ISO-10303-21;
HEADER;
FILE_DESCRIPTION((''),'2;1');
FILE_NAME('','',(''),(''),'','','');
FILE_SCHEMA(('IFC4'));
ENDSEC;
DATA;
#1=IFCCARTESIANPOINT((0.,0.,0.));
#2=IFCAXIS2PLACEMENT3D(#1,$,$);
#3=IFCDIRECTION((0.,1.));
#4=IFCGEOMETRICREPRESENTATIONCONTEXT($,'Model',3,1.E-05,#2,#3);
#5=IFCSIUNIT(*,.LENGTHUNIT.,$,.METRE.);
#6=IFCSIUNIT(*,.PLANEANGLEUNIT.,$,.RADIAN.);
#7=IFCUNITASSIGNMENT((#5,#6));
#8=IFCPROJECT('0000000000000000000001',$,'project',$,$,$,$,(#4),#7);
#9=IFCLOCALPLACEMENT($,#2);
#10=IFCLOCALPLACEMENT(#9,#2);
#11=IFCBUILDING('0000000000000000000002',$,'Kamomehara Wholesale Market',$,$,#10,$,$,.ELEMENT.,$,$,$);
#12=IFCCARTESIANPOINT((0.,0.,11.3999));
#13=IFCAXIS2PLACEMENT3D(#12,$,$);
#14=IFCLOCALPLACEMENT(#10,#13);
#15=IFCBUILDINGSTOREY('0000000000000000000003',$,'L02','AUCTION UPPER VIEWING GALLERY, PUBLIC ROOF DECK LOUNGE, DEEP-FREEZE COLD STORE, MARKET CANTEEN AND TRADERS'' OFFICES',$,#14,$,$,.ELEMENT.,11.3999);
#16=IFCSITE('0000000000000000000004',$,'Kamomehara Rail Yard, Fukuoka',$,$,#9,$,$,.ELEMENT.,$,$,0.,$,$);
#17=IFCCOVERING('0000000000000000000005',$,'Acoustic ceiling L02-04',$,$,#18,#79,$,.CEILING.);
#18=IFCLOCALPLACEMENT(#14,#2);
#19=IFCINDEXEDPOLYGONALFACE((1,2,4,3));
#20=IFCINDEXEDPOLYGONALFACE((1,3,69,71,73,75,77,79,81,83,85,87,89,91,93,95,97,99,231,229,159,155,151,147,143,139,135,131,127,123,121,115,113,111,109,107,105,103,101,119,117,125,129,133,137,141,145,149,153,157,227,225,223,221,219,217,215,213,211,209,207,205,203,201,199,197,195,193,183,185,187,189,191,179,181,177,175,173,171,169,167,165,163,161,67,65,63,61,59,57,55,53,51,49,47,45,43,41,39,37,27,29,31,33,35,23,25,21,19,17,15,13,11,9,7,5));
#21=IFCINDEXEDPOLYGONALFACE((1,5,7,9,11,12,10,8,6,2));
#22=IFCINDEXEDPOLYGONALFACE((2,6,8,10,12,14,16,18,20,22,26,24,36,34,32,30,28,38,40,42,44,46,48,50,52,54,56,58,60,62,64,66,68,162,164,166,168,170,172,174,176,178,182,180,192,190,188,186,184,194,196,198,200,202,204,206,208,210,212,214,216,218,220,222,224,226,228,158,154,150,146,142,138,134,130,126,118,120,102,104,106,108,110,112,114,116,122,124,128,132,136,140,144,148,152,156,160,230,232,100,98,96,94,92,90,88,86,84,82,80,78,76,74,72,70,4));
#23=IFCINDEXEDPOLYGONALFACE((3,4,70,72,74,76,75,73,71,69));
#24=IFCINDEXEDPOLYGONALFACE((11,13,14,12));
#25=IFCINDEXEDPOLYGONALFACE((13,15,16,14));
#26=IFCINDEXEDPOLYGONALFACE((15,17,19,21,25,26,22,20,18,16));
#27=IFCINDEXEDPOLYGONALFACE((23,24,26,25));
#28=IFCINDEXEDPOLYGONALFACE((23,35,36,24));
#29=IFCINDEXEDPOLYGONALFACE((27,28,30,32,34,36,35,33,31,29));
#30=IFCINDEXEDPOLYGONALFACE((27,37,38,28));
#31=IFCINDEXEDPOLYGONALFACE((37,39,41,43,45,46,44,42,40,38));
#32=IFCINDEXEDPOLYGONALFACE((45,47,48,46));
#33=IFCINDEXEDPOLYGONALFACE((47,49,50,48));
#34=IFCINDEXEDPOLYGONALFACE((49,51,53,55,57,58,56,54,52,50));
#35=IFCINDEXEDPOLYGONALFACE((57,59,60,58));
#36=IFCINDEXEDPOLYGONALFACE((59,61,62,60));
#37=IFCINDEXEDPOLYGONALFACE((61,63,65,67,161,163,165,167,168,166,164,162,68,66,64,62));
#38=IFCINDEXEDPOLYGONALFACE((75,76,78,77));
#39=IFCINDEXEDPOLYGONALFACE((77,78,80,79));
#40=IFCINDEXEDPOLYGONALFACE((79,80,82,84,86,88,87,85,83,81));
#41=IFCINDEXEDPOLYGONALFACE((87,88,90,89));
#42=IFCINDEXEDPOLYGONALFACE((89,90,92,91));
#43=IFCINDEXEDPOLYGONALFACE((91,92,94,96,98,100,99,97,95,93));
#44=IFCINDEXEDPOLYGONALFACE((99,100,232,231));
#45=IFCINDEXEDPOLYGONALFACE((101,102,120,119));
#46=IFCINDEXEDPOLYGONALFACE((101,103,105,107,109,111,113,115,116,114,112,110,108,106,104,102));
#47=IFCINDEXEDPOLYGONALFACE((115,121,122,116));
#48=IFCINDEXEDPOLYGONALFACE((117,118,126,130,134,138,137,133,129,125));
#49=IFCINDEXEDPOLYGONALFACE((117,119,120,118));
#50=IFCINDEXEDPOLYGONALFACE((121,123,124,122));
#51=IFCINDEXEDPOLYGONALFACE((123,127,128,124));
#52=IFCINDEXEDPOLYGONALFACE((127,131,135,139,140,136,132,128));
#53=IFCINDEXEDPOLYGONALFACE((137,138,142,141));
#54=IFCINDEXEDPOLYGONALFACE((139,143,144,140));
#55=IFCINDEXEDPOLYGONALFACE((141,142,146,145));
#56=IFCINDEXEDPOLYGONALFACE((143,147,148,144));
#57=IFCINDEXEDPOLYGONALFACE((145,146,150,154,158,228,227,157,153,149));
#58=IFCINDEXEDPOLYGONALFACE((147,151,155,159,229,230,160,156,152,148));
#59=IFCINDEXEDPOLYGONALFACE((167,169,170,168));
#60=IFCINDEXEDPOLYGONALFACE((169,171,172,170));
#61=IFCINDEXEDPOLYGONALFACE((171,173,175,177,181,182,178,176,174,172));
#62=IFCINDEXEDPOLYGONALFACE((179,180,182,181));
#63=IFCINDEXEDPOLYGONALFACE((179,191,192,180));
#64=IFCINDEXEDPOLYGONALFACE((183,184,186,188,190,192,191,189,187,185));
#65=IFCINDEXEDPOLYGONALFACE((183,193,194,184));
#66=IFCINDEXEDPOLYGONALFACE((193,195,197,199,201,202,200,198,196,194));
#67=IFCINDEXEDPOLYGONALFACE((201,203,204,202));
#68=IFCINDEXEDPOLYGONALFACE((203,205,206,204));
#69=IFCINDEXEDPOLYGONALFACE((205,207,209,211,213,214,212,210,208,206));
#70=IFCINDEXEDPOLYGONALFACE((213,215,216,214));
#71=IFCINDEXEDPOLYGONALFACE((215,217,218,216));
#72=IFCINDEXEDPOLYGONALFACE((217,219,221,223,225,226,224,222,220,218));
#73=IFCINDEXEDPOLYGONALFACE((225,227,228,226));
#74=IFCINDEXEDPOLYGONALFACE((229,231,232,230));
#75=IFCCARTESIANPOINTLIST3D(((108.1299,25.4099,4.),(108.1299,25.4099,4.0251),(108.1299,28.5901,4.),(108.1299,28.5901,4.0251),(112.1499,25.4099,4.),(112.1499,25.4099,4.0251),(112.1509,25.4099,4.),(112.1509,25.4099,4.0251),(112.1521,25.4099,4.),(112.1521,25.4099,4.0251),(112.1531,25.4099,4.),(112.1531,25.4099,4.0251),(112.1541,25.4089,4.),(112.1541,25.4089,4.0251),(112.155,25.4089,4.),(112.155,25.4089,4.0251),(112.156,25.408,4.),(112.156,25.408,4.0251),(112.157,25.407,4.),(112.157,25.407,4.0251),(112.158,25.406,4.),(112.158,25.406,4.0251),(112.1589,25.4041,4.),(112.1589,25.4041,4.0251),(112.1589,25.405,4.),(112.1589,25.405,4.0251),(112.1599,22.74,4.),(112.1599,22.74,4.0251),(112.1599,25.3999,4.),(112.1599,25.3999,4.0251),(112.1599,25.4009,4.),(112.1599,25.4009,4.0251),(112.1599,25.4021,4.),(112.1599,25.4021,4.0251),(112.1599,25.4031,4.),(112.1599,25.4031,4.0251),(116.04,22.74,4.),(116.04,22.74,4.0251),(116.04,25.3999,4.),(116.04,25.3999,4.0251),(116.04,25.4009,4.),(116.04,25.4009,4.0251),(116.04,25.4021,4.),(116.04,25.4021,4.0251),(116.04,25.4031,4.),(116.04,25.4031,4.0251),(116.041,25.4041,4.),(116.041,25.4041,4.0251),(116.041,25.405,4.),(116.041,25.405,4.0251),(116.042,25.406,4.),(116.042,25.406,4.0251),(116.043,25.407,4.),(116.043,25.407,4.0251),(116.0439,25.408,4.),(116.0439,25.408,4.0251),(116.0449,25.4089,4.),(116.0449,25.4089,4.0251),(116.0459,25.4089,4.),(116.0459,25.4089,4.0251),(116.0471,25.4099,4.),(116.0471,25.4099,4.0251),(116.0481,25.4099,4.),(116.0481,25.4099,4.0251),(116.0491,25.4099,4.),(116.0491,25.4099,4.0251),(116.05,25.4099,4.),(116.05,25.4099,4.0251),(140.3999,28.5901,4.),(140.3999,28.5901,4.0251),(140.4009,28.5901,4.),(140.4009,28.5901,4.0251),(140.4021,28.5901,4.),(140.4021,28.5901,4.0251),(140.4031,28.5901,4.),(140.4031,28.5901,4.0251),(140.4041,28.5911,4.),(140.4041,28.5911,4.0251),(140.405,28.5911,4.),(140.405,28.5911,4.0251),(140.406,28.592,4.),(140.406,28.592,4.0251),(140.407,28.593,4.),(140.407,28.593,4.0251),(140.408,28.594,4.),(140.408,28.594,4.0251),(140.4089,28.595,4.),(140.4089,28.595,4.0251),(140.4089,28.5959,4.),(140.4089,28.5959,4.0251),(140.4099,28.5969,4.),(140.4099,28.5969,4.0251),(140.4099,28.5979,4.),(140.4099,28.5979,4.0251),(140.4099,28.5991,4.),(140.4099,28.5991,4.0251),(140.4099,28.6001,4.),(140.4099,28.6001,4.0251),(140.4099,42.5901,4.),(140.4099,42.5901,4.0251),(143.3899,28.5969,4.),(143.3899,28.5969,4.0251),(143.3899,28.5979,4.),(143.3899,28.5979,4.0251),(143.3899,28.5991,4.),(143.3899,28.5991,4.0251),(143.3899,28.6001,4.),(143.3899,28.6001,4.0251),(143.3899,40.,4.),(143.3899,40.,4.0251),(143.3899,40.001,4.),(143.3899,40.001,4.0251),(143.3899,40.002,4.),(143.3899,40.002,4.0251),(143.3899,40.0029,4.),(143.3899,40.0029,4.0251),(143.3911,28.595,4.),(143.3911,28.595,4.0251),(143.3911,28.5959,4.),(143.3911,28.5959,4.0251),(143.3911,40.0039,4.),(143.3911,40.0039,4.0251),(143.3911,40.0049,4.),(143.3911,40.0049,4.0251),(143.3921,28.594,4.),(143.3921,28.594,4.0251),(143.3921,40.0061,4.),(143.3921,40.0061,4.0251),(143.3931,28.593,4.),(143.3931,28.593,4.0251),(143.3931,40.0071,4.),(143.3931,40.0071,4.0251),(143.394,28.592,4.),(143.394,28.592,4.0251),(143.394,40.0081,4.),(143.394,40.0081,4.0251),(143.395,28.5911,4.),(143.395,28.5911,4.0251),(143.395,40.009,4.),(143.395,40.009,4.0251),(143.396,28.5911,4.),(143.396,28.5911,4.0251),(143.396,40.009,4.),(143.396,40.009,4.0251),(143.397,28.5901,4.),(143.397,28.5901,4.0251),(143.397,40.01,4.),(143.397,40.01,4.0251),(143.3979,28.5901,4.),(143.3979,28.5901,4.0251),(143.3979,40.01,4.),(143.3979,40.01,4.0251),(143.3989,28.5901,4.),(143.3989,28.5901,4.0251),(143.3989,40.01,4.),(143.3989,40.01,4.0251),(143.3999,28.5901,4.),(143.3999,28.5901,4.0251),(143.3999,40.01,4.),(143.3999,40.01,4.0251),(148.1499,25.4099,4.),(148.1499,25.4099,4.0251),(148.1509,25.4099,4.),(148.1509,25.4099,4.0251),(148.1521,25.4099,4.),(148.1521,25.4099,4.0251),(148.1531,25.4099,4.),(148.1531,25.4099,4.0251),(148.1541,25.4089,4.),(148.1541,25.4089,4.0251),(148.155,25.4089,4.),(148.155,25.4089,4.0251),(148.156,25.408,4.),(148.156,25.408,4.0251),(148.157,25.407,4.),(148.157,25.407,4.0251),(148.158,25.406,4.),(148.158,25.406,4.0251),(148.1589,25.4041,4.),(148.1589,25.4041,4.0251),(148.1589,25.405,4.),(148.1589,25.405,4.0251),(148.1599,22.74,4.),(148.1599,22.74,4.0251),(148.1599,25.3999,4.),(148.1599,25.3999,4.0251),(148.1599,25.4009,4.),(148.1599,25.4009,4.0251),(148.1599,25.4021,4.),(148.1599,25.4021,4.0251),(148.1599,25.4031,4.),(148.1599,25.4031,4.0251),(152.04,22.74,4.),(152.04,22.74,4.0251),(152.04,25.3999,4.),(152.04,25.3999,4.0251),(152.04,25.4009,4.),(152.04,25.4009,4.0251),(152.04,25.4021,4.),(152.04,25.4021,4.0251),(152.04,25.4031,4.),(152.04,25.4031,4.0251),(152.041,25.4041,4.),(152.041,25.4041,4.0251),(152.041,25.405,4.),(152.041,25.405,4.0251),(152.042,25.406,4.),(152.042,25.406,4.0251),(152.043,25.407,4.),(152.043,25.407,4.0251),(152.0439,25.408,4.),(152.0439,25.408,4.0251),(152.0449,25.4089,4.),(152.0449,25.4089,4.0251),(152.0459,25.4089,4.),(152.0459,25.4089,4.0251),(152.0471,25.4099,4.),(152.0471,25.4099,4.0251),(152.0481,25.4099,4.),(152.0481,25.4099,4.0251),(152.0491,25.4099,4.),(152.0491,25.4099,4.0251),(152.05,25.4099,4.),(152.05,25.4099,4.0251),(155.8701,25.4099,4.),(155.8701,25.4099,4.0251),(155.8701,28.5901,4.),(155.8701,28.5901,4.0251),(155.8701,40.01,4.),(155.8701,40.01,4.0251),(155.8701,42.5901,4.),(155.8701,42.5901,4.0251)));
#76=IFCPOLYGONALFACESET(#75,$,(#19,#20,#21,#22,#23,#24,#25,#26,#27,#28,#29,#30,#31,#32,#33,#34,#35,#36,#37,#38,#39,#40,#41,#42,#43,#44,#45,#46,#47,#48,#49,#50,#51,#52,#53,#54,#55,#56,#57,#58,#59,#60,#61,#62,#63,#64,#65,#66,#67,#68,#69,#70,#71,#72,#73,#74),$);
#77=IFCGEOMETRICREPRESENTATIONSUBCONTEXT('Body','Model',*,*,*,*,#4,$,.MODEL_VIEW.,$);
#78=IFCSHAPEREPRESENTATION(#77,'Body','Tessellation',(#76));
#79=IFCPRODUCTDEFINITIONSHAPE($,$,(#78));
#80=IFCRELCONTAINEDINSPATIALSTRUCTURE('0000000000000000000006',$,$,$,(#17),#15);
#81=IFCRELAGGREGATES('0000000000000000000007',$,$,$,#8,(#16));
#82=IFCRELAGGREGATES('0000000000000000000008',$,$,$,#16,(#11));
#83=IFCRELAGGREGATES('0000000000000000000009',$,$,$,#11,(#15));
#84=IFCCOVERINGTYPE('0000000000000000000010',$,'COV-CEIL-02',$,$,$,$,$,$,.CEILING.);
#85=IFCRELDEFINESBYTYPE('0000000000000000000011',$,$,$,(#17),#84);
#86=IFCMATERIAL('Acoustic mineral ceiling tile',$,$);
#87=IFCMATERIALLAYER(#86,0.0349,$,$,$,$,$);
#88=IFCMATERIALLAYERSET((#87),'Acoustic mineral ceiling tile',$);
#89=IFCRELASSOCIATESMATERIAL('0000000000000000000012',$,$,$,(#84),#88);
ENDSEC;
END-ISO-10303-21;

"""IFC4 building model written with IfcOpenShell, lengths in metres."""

from ifc_helpers import new_model, si_unit, direction, frame, origin, place, context, subcontext, project, spatial, polyline, outline, extrude, material, layer, layer_set, type_object, element, save


model = new_model("IFC4")

# Units and contexts
model_context = context("Model", 3, precision=1e-05, world=origin(), true_north=direction((0.0, 1.0)))
body_context = subcontext(model_context, "Body", "Model", "MODEL_VIEW")
ifc_project = project(units=[si_unit("LENGTHUNIT", "METRE"), si_unit("PLANEANGLEUNIT", "RADIAN")], contexts=[model_context])

# Site, building, storey
site_placement = place(None, origin())
site = spatial("IfcSite", under=ifc_project, at=site_placement, Name="Kamomehara Rail Yard, Fukuoka", CompositionType="ELEMENT", RefElevation=0.0)
building_placement = place(site_placement, origin())
building = spatial("IfcBuilding", under=site, at=building_placement, Name="Kamomehara Wholesale Market", CompositionType="ELEMENT")
storey_placement = place(building_placement, frame((0.0, 0.0, 11.3999)))
storey = spatial("IfcBuildingStorey", under=building, at=storey_placement, Name="L02", Description="AUCTION UPPER VIEWING GALLERY, PUBLIC ROOF DECK LOUNGE, DEEP-FREEZE COLD STORE, MARKET CANTEEN AND TRADERS' OFFICES", CompositionType="ELEMENT", Elevation=11.3999)

# Covering
ifc_material_1 = material(Name="Acoustic mineral ceiling tile")
ifc_layer_1 = layer(ifc_material_1, 0.0349)
ifc_layer_set_1 = layer_set([ifc_layer_1], Name="Acoustic mineral ceiling tile")
covering_type = type_object("IfcCoveringType", Name="COV-CEIL-02", PredefinedType="CEILING", material=ifc_layer_set_1)
covering_placement = place(storey_placement, frame((0.0, 0.0, 4.0)))
element("IfcCovering", 1, at=covering_placement, inside=storey, type_object=covering_type, Name="Acoustic ceiling L02-04", PredefinedType="CEILING", context=body_context, shape_type="SweptSolid", body=[
    extrude(outline(polyline([(148.158, 25.406), (148.157, 25.407), (148.156, 25.408), (148.156, 25.408), (148.155, 25.4089), (148.1541, 25.4089), (148.1531, 25.4099), (148.1521, 25.4099), (148.1509, 25.4099), (148.1499, 25.4099), (116.05, 25.4099), (116.0491, 25.4099), (116.0481, 25.4099), (116.0471, 25.4099), (116.0459, 25.4089), (116.0449, 25.4089), (116.0439, 25.408), (116.0439, 25.408), (116.043, 25.407), (116.042, 25.406), (116.042, 25.406), (116.041, 25.405), (116.041, 25.4041), (116.04, 25.4031), (116.04, 25.4021), (116.04, 25.4009), (116.04, 25.3999), (116.04, 22.74), (112.1599, 22.74), (112.1599, 25.3999), (112.1599, 25.4009), (112.1599, 25.4021), (112.1599, 25.4031), (112.1589, 25.4041), (112.1589, 25.405), (112.158, 25.406), (112.158, 25.406), (112.157, 25.407), (112.156, 25.408), (112.156, 25.408), (112.155, 25.4089), (112.1541, 25.4089), (112.1531, 25.4099), (112.1521, 25.4099), (112.1509, 25.4099), (112.1499, 25.4099), (108.1299, 25.4099), (108.1299, 28.5901), (140.3999, 28.5901), (140.4009, 28.5901), (140.4021, 28.5901), (140.4031, 28.5901), (140.4041, 28.5911), (140.405, 28.5911), (140.406, 28.592), (140.406, 28.592), (140.407, 28.593), (140.408, 28.594), (140.408, 28.594), (140.4089, 28.595), (140.4089, 28.5959), (140.4099, 28.5969), (140.4099, 28.5979), (140.4099, 28.5991), (140.4099, 28.6001), (140.4099, 42.5901), (155.8701, 42.5901), (155.8701, 40.01), (143.3999, 40.01), (143.3989, 40.01), (143.3979, 40.01), (143.397, 40.01), (143.396, 40.009), (143.395, 40.009), (143.394, 40.0081), (143.394, 40.0081), (143.3931, 40.0071), (143.3921, 40.0061), (143.3921, 40.0061), (143.3911, 40.0049), (143.3911, 40.0039), (143.3899, 40.0029), (143.3899, 40.002), (143.3899, 40.001), (143.3899, 40.0), (143.3899, 28.6001), (143.3899, 28.5991), (143.3899, 28.5979), (143.3899, 28.5969), (143.3911, 28.5959), (143.3911, 28.595), (143.3921, 28.594), (143.3921, 28.594), (143.3931, 28.593), (143.394, 28.592), (143.394, 28.592), (143.395, 28.5911), (143.396, 28.5911), (143.397, 28.5901), (143.3979, 28.5901), (143.3989, 28.5901), (143.3999, 28.5901), (155.8701, 28.5901), (155.8701, 25.4099), (152.05, 25.4099), (152.0491, 25.4099), (152.0481, 25.4099), (152.0471, 25.4099), (152.0459, 25.4089), (152.0449, 25.4089), (152.0439, 25.408), (152.0439, 25.408), (152.043, 25.407), (152.042, 25.406), (152.042, 25.406), (152.041, 25.405), (152.041, 25.4041), (152.04, 25.4031), (152.04, 25.4021), (152.04, 25.4009), (152.04, 25.3999), (152.04, 22.74), (148.1599, 22.74), (148.1599, 25.3999), (148.1599, 25.4009), (148.1599, 25.4021), (148.1599, 25.4031), (148.1589, 25.4041), (148.1589, 25.405), (148.158, 25.406), (148.158, 25.406)])), origin(), (0.0, 0.0, 1.0), 0.0251),
])

save(model, "model.ifc")
